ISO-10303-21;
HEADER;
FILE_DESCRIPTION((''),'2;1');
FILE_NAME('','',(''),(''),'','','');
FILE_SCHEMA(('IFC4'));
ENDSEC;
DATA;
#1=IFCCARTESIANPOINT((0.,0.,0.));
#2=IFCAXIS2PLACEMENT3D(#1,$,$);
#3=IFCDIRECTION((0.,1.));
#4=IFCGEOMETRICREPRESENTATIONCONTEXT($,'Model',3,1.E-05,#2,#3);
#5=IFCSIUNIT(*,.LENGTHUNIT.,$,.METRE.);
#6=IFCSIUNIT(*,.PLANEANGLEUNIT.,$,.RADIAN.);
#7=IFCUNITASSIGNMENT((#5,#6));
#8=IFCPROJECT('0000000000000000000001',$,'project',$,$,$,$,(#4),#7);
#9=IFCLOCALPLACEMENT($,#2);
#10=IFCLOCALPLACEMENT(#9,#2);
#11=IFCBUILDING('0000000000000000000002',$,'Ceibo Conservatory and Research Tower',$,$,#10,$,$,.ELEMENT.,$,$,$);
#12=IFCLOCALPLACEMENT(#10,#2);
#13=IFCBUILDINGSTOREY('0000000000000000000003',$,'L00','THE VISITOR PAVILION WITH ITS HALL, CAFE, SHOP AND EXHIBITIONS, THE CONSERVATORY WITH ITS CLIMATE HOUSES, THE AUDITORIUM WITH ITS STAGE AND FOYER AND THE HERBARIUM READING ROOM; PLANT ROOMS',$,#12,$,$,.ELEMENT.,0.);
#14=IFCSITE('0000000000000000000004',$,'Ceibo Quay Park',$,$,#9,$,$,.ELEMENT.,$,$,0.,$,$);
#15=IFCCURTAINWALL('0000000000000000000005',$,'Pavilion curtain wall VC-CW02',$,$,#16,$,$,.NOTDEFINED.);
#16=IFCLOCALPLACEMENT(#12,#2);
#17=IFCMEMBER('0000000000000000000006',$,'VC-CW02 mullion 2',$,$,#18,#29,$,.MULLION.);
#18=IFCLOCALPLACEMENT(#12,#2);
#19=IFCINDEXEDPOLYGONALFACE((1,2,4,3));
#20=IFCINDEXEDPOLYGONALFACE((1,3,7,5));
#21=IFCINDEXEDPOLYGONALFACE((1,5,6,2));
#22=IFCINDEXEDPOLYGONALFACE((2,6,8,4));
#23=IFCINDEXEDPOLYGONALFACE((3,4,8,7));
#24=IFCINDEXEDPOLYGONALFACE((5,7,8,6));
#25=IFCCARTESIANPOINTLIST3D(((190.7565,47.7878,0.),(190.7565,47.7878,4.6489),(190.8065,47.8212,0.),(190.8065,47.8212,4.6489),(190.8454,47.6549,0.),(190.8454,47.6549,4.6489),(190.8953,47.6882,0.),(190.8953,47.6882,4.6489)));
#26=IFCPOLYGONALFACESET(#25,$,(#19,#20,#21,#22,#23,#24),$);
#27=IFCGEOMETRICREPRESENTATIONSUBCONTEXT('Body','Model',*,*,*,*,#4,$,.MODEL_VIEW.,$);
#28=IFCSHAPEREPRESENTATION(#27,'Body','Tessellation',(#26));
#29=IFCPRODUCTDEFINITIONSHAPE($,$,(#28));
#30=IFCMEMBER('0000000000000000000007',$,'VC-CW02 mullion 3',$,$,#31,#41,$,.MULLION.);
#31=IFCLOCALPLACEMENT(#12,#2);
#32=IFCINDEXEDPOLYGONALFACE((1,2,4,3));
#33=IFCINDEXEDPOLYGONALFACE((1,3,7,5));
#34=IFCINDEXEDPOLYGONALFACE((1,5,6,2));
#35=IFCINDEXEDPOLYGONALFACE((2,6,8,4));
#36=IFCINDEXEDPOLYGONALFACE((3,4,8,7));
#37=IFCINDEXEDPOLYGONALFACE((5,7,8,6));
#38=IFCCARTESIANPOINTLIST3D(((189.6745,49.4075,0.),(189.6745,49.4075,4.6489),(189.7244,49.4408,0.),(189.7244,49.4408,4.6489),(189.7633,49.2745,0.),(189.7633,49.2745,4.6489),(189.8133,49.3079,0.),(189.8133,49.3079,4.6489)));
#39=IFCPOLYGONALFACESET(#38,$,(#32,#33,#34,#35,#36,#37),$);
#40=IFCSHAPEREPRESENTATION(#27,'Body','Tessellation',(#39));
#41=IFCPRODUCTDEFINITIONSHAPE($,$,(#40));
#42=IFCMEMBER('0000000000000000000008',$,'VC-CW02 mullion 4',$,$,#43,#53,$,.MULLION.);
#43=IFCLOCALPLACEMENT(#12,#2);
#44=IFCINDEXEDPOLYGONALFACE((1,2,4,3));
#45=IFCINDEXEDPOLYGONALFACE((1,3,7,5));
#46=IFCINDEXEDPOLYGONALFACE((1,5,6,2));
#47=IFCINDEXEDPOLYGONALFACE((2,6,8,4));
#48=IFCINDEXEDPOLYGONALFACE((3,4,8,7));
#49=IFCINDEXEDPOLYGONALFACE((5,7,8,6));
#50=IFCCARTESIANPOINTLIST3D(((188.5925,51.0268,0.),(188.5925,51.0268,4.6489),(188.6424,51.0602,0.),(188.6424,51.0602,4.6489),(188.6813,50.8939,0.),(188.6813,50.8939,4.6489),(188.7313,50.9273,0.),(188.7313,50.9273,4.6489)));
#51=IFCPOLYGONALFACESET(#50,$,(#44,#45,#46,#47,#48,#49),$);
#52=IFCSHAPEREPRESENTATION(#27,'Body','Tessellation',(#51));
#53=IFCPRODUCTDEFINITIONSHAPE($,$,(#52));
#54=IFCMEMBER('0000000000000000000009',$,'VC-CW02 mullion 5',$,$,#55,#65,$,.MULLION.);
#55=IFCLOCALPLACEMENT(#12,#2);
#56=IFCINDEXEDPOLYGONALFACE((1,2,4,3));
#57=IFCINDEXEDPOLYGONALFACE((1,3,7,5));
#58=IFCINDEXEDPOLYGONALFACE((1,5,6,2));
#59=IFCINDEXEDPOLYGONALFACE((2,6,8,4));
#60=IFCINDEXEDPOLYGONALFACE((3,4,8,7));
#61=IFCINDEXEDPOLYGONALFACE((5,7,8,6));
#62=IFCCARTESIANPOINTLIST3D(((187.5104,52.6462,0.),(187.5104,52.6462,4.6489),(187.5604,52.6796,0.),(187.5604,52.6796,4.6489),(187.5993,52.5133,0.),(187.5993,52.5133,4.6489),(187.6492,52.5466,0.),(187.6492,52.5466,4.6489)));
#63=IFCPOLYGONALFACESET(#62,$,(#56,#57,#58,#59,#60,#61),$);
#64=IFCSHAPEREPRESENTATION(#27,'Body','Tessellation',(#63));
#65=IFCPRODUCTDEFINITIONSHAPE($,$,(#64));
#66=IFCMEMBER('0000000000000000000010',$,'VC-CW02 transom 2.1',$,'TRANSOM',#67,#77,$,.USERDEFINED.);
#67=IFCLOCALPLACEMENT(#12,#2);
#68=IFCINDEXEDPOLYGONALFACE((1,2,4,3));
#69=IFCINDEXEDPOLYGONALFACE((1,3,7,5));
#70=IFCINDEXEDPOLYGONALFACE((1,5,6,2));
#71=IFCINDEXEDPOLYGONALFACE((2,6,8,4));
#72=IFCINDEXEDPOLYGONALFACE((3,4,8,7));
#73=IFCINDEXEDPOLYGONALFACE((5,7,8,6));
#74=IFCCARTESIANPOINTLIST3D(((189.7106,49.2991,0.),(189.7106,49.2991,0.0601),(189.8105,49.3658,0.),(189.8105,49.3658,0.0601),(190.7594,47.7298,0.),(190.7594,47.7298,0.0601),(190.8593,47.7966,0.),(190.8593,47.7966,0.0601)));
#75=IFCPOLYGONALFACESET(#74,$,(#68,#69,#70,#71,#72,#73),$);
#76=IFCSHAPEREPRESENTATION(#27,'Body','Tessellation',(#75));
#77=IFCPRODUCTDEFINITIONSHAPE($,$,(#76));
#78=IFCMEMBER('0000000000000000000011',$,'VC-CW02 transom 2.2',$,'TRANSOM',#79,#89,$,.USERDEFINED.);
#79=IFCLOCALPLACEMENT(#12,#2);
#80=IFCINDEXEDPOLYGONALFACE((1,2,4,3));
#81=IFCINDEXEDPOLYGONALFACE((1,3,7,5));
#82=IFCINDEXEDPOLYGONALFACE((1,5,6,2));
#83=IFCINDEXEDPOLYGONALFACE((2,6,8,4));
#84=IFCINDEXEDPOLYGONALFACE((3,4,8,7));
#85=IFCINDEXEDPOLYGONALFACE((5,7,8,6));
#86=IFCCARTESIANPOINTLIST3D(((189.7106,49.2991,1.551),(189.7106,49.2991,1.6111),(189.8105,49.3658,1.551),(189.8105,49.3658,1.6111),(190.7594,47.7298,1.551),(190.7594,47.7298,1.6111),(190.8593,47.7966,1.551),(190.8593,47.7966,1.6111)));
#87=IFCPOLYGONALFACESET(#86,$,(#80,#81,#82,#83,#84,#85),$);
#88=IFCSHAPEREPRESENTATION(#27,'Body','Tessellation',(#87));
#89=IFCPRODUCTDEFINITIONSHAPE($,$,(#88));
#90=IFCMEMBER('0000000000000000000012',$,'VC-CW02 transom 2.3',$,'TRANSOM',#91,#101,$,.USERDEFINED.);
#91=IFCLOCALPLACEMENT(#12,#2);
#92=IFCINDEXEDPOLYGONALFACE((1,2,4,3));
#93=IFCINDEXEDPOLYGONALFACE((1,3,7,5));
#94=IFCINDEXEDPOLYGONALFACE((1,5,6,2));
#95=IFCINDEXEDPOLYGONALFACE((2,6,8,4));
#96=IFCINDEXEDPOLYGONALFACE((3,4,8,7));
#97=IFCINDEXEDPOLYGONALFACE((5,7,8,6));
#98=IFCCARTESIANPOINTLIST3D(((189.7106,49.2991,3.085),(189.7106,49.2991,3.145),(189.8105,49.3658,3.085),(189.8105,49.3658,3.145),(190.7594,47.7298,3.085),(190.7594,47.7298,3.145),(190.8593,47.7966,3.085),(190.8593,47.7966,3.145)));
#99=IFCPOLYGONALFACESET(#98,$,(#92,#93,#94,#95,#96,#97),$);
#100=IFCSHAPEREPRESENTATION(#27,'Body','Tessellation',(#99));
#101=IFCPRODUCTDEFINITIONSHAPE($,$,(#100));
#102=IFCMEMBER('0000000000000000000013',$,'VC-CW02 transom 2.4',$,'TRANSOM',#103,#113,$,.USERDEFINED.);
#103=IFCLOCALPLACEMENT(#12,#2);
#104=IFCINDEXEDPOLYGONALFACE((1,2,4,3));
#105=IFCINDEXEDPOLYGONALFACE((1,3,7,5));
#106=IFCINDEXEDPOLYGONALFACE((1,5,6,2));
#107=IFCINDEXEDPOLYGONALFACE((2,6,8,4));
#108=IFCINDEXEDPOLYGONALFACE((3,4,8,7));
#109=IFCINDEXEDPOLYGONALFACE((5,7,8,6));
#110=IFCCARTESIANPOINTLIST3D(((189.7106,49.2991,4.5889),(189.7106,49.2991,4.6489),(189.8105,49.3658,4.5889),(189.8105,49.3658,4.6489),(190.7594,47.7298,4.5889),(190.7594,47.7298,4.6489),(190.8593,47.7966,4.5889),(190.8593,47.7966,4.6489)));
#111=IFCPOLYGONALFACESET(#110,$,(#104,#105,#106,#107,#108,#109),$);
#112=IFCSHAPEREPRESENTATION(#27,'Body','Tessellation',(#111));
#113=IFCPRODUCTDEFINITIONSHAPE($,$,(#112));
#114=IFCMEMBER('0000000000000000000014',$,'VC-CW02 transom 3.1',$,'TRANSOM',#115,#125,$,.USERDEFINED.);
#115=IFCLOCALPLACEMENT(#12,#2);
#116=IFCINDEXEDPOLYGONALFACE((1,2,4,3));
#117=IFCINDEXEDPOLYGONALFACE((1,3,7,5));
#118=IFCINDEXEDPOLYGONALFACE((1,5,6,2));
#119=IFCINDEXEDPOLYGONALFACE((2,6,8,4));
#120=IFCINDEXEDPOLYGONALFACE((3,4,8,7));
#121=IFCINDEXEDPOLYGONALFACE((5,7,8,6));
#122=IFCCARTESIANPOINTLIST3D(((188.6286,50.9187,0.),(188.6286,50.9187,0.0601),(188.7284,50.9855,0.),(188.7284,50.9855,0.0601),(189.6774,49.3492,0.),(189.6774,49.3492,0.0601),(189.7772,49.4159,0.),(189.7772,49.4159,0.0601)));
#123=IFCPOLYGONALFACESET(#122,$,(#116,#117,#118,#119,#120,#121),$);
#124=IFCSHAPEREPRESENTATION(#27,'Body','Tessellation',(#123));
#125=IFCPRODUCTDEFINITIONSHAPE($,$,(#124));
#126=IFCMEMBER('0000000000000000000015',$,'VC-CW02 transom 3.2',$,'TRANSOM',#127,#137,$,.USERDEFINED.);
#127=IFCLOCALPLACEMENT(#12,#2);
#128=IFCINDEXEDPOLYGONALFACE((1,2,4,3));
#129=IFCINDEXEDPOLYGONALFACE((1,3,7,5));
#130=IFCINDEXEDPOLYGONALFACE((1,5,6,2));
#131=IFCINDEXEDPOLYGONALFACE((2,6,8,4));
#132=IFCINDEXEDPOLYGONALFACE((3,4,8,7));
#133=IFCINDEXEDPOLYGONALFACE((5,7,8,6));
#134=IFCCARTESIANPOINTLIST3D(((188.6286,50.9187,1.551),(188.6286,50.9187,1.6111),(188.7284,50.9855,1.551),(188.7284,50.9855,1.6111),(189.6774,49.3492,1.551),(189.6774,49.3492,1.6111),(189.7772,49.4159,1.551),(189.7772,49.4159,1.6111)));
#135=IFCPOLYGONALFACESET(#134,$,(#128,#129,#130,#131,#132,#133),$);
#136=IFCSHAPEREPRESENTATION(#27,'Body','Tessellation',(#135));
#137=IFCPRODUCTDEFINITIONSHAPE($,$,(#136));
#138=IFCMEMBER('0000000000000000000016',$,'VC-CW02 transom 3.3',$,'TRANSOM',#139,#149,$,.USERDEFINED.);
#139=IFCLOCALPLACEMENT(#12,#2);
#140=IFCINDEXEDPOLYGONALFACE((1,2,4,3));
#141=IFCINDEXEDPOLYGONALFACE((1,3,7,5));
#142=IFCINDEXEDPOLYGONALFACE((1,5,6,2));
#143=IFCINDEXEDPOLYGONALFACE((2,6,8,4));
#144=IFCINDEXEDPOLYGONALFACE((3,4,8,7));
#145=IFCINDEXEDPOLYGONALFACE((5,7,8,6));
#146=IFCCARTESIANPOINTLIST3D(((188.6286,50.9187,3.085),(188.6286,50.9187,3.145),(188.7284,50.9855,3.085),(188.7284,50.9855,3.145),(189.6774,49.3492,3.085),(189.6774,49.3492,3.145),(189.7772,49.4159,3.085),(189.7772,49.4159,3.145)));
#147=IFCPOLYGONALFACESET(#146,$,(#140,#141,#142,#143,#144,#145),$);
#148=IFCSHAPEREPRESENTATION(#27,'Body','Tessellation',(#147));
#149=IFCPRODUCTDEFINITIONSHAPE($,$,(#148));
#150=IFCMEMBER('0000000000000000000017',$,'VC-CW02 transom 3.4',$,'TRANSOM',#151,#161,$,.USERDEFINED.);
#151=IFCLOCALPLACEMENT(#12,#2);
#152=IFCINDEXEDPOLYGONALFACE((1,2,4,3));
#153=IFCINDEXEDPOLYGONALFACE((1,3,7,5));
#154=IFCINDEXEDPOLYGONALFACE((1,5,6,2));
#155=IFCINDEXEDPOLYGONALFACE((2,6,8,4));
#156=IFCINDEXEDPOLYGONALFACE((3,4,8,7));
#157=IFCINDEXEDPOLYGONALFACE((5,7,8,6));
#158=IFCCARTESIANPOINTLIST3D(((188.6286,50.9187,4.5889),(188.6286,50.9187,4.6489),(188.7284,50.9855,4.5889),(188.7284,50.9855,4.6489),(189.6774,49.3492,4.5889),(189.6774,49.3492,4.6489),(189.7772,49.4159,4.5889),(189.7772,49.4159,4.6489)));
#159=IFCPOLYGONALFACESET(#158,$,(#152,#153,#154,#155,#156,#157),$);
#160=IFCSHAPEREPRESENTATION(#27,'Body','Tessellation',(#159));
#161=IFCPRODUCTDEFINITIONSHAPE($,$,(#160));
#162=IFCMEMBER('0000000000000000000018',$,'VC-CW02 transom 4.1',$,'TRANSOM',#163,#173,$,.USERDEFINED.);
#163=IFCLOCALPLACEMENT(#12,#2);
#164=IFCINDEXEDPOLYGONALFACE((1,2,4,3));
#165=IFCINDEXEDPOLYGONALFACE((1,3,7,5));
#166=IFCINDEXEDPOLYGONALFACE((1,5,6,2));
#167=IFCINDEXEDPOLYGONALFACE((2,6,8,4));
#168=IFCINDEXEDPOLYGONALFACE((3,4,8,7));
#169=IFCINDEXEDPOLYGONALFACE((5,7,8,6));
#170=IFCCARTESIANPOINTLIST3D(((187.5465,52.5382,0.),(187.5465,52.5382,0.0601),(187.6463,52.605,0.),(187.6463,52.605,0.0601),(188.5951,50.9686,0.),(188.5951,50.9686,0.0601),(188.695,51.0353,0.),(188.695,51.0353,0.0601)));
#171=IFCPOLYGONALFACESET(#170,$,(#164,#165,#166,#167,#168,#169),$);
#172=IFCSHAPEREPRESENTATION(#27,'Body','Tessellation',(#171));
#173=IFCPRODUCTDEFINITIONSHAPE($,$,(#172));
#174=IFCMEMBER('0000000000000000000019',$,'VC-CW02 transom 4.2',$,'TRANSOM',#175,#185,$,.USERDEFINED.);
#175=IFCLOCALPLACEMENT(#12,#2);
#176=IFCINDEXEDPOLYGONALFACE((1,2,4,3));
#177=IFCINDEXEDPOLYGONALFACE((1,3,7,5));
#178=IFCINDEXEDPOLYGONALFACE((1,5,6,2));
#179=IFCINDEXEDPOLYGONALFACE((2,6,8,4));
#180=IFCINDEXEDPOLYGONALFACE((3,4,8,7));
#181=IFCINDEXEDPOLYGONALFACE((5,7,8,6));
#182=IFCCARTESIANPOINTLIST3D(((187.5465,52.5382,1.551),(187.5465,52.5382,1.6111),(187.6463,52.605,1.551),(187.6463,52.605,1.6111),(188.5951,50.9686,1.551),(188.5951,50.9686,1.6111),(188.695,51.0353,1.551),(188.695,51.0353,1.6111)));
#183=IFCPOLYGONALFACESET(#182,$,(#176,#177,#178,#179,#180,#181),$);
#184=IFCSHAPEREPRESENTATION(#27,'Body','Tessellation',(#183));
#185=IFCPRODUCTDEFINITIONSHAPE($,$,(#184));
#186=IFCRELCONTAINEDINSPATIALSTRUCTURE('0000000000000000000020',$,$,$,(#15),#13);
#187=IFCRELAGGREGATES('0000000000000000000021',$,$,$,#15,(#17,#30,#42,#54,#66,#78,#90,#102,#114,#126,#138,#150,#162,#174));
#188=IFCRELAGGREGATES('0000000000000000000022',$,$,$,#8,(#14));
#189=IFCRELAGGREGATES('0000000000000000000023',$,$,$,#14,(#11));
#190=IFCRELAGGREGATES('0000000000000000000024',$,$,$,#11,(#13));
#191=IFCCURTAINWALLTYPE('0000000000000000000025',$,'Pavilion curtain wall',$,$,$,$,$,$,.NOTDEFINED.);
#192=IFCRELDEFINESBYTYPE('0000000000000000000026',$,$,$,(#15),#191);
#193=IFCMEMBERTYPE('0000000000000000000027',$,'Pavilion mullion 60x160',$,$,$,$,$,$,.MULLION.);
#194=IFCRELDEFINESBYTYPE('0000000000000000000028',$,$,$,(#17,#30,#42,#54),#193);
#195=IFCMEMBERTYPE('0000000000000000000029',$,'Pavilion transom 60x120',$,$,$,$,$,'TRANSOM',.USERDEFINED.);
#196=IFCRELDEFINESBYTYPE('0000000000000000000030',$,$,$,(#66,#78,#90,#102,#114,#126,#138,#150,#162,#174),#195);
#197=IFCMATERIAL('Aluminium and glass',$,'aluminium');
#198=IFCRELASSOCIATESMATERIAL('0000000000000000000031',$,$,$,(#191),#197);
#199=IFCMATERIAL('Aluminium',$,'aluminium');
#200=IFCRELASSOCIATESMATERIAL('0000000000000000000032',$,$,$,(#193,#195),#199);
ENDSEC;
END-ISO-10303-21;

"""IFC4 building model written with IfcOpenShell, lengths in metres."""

from ifc_helpers import new_model, si_unit, direction, frame, origin, origin_2d, place, context, subcontext, project, spatial, rectangle, extrude, material, material_profile, profile_set, type_object, element, aggregate, save


model = new_model("IFC4")

# Units and contexts
model_context = context("Model", 3, precision=1e-05, world=origin(), true_north=direction((0.0, 1.0)))
body_context = subcontext(model_context, "Body", "Model", "MODEL_VIEW")
ifc_project = project(units=[si_unit("LENGTHUNIT", "METRE"), si_unit("PLANEANGLEUNIT", "RADIAN")], contexts=[model_context])

# Site, building, storey
site_placement = place(None, origin())
site = spatial("IfcSite", under=ifc_project, at=site_placement, Name="Ceibo Quay Park", CompositionType="ELEMENT", RefElevation=0.0)
building_placement = place(site_placement, origin())
building = spatial("IfcBuilding", under=site, at=building_placement, Name="Ceibo Conservatory and Research Tower", CompositionType="ELEMENT")
storey_placement = place(building_placement, origin())
storey = spatial("IfcBuildingStorey", under=building, at=storey_placement, Name="L00", Description="THE VISITOR PAVILION WITH ITS HALL, CAFE, SHOP AND EXHIBITIONS, THE CONSERVATORY WITH ITS CLIMATE HOUSES, THE AUDITORIUM WITH ITS STAGE AND FOYER AND THE HERBARIUM READING ROOM; PLANT ROOMS", CompositionType="ELEMENT", Elevation=0.0)

# Curtain wall, members
ifc_material_1 = material(Name="Aluminium and glass", Category="aluminium")
curtain_wall_type = type_object("IfcCurtainWallType", Name="Pavilion curtain wall", PredefinedType="NOTDEFINED", material=ifc_material_1)
curtain_wall_placement = place(storey_placement, origin())
curtain_wall = element("IfcCurtainWall", 1, at=curtain_wall_placement, inside=storey, type_object=curtain_wall_type, Name="Pavilion curtain wall VC-CW02", PredefinedType="NOTDEFINED")
ifc_material_2 = material(Name="Aluminium", Category="aluminium")
ifc_material_profile_1 = material_profile(ifc_material_2, rectangle(XDim=0.0601, YDim=0.1599, at=origin_2d()), Name="AL 60x160")
ifc_profile_set_1 = profile_set([ifc_material_profile_1], Name="Aluminium")
member_type_1 = type_object("IfcMemberType", Name="Pavilion mullion 60x160", PredefinedType="MULLION", material=ifc_profile_set_1)
member_1_placement = place(storey_placement, frame((190.8259, 47.738, 0.0), z_axis=(0.0, 0.0, 1.0), x_axis=(-0.83147, -0.55557, 0.0)))
member_1 = element("IfcMember", 2, at=member_1_placement, type_object=member_type_1, Name="VC-CW02 mullion 2", PredefinedType="MULLION", context=body_context, shape_type="SweptSolid", body=[
    extrude(rectangle(XDim=0.0601, YDim=0.1599, at=origin_2d()), origin(), (0.0, 0.0, 1.0), 4.6489),
])
member_2_placement = place(storey_placement, frame((189.7439, 49.3577, 0.0), z_axis=(0.0, 0.0, 1.0), x_axis=(-0.83147, -0.55557, 0.0)))
member_2 = element("IfcMember", 3, at=member_2_placement, type_object=member_type_1, Name="VC-CW02 mullion 3", PredefinedType="MULLION", context=body_context, shape_type="SweptSolid", body=[
    extrude(rectangle(XDim=0.0601, YDim=0.1599, at=origin_2d()), origin(), (0.0, 0.0, 1.0), 4.6489),
])
member_3_placement = place(storey_placement, frame((188.6619, 50.9771, 0.0), z_axis=(0.0, 0.0, 1.0), x_axis=(-0.83147, -0.55557, 0.0)))
member_3 = element("IfcMember", 4, at=member_3_placement, type_object=member_type_1, Name="VC-CW02 mullion 4", PredefinedType="MULLION", context=body_context, shape_type="SweptSolid", body=[
    extrude(rectangle(XDim=0.0601, YDim=0.1599, at=origin_2d()), origin(), (0.0, 0.0, 1.0), 4.6489),
])
member_4_placement = place(storey_placement, frame((187.5798, 52.5964, 0.0), z_axis=(0.0, 0.0, 1.0), x_axis=(-0.83147, -0.55557, 0.0)))
member_4 = element("IfcMember", 5, at=member_4_placement, type_object=member_type_1, Name="VC-CW02 mullion 5", PredefinedType="MULLION", context=body_context, shape_type="SweptSolid", body=[
    extrude(rectangle(XDim=0.0601, YDim=0.1599, at=origin_2d()), origin(), (0.0, 0.0, 1.0), 4.6489),
])
ifc_material_profile_2 = material_profile(ifc_material_2, rectangle(XDim=0.1201, YDim=0.0601, at=origin_2d()), Name="AL 60x120")
ifc_profile_set_2 = profile_set([ifc_material_profile_2], Name="Aluminium")
member_type_2 = type_object("IfcMemberType", Name="Pavilion transom 60x120", ElementType="TRANSOM", PredefinedType="USERDEFINED", material=ifc_profile_set_2)
member_5_placement = place(storey_placement, frame((190.8093, 47.7632, 0.03), z_axis=(-0.555655, 0.831413, 0.0), x_axis=(-0.831413, -0.555655, 0.0)))
member_5 = element("IfcMember", 6, at=member_5_placement, type_object=member_type_2, Name="VC-CW02 transom 2.1", ObjectType="TRANSOM", PredefinedType="USERDEFINED", context=body_context, shape_type="SweptSolid", body=[
    extrude(rectangle(XDim=0.1201, YDim=0.0601, at=origin_2d()), origin(), (0.0, 0.0, 1.0), 1.8875),
])
member_6_placement = place(storey_placement, frame((190.8093, 47.7632, 1.5811), z_axis=(-0.555655, 0.831413, 0.0), x_axis=(-0.831413, -0.555655, 0.0)))
member_6 = element("IfcMember", 7, at=member_6_placement, type_object=member_type_2, Name="VC-CW02 transom 2.2", ObjectType="TRANSOM", PredefinedType="USERDEFINED", context=body_context, shape_type="SweptSolid", body=[
    extrude(rectangle(XDim=0.1201, YDim=0.0601, at=origin_2d()), origin(), (0.0, 0.0, 1.0), 1.8875),
])
member_7_placement = place(storey_placement, frame((190.8093, 47.7632, 3.115), z_axis=(-0.555655, 0.831413, 0.0), x_axis=(-0.831413, -0.555655, 0.0)))
member_7 = element("IfcMember", 8, at=member_7_placement, type_object=member_type_2, Name="VC-CW02 transom 2.3", ObjectType="TRANSOM", PredefinedType="USERDEFINED", context=body_context, shape_type="SweptSolid", body=[
    extrude(rectangle(XDim=0.1201, YDim=0.0601, at=origin_2d()), origin(), (0.0, 0.0, 1.0), 1.8875),
])
member_8_placement = place(storey_placement, frame((190.8093, 47.7632, 4.6189), z_axis=(-0.555655, 0.831413, 0.0), x_axis=(-0.831413, -0.555655, 0.0)))
member_8 = element("IfcMember", 9, at=member_8_placement, type_object=member_type_2, Name="VC-CW02 transom 2.4", ObjectType="TRANSOM", PredefinedType="USERDEFINED", context=body_context, shape_type="SweptSolid", body=[
    extrude(rectangle(XDim=0.1201, YDim=0.0601, at=origin_2d()), origin(), (0.0, 0.0, 1.0), 1.8875),
])
member_9_placement = place(storey_placement, frame((189.7273, 49.3826, 0.03), z_axis=(-0.555595, 0.831453, 0.0), x_axis=(-0.831453, -0.555595, 0.0)))
member_9 = element("IfcMember", 10, at=member_9_placement, type_object=member_type_2, Name="VC-CW02 transom 3.1", ObjectType="TRANSOM", PredefinedType="USERDEFINED", context=body_context, shape_type="SweptSolid", body=[
    extrude(rectangle(XDim=0.1201, YDim=0.0601, at=origin_2d()), origin(), (0.0, 0.0, 1.0), 1.8877),
])
member_10_placement = place(storey_placement, frame((189.7273, 49.3826, 1.5811), z_axis=(-0.555595, 0.831453, 0.0), x_axis=(-0.831453, -0.555595, 0.0)))
member_10 = element("IfcMember", 11, at=member_10_placement, type_object=member_type_2, Name="VC-CW02 transom 3.2", ObjectType="TRANSOM", PredefinedType="USERDEFINED", context=body_context, shape_type="SweptSolid", body=[
    extrude(rectangle(XDim=0.1201, YDim=0.0601, at=origin_2d()), origin(), (0.0, 0.0, 1.0), 1.8877),
])
member_11_placement = place(storey_placement, frame((189.7273, 49.3826, 3.115), z_axis=(-0.555595, 0.831453, 0.0), x_axis=(-0.831453, -0.555595, 0.0)))
member_11 = element("IfcMember", 12, at=member_11_placement, type_object=member_type_2, Name="VC-CW02 transom 3.3", ObjectType="TRANSOM", PredefinedType="USERDEFINED", context=body_context, shape_type="SweptSolid", body=[
    extrude(rectangle(XDim=0.1201, YDim=0.0601, at=origin_2d()), origin(), (0.0, 0.0, 1.0), 1.8877),
])
member_12_placement = place(storey_placement, frame((189.7273, 49.3826, 4.6189), z_axis=(-0.555595, 0.831453, 0.0), x_axis=(-0.831453, -0.555595, 0.0)))
member_12 = element("IfcMember", 13, at=member_12_placement, type_object=member_type_2, Name="VC-CW02 transom 3.4", ObjectType="TRANSOM", PredefinedType="USERDEFINED", context=body_context, shape_type="SweptSolid", body=[
    extrude(rectangle(XDim=0.1201, YDim=0.0601, at=origin_2d()), origin(), (0.0, 0.0, 1.0), 1.8877),
])
member_13_placement = place(storey_placement, frame((188.645, 51.002, 0.03), z_axis=(-0.555506, 0.831513, 0.0), x_axis=(-0.831513, -0.555506, 0.0)))
member_13 = element("IfcMember", 14, at=member_13_placement, type_object=member_type_2, Name="VC-CW02 transom 4.1", ObjectType="TRANSOM", PredefinedType="USERDEFINED", context=body_context, shape_type="SweptSolid", body=[
    extrude(rectangle(XDim=0.1201, YDim=0.0601, at=origin_2d()), origin(), (0.0, 0.0, 1.0), 1.8877),
])
member_14_placement = place(storey_placement, frame((188.645, 51.002, 1.5811), z_axis=(-0.555506, 0.831513, 0.0), x_axis=(-0.831513, -0.555506, 0.0)))
member_14 = element("IfcMember", 15, at=member_14_placement, type_object=member_type_2, Name="VC-CW02 transom 4.2", ObjectType="TRANSOM", PredefinedType="USERDEFINED", context=body_context, shape_type="SweptSolid", body=[
    extrude(rectangle(XDim=0.1201, YDim=0.0601, at=origin_2d()), origin(), (0.0, 0.0, 1.0), 1.8877),
])
aggregate(curtain_wall, [member_1, member_2, member_3, member_4, member_5, member_6, member_7, member_8, member_9, member_10, member_11, member_12, member_13, member_14])

save(model, "model.ifc")
